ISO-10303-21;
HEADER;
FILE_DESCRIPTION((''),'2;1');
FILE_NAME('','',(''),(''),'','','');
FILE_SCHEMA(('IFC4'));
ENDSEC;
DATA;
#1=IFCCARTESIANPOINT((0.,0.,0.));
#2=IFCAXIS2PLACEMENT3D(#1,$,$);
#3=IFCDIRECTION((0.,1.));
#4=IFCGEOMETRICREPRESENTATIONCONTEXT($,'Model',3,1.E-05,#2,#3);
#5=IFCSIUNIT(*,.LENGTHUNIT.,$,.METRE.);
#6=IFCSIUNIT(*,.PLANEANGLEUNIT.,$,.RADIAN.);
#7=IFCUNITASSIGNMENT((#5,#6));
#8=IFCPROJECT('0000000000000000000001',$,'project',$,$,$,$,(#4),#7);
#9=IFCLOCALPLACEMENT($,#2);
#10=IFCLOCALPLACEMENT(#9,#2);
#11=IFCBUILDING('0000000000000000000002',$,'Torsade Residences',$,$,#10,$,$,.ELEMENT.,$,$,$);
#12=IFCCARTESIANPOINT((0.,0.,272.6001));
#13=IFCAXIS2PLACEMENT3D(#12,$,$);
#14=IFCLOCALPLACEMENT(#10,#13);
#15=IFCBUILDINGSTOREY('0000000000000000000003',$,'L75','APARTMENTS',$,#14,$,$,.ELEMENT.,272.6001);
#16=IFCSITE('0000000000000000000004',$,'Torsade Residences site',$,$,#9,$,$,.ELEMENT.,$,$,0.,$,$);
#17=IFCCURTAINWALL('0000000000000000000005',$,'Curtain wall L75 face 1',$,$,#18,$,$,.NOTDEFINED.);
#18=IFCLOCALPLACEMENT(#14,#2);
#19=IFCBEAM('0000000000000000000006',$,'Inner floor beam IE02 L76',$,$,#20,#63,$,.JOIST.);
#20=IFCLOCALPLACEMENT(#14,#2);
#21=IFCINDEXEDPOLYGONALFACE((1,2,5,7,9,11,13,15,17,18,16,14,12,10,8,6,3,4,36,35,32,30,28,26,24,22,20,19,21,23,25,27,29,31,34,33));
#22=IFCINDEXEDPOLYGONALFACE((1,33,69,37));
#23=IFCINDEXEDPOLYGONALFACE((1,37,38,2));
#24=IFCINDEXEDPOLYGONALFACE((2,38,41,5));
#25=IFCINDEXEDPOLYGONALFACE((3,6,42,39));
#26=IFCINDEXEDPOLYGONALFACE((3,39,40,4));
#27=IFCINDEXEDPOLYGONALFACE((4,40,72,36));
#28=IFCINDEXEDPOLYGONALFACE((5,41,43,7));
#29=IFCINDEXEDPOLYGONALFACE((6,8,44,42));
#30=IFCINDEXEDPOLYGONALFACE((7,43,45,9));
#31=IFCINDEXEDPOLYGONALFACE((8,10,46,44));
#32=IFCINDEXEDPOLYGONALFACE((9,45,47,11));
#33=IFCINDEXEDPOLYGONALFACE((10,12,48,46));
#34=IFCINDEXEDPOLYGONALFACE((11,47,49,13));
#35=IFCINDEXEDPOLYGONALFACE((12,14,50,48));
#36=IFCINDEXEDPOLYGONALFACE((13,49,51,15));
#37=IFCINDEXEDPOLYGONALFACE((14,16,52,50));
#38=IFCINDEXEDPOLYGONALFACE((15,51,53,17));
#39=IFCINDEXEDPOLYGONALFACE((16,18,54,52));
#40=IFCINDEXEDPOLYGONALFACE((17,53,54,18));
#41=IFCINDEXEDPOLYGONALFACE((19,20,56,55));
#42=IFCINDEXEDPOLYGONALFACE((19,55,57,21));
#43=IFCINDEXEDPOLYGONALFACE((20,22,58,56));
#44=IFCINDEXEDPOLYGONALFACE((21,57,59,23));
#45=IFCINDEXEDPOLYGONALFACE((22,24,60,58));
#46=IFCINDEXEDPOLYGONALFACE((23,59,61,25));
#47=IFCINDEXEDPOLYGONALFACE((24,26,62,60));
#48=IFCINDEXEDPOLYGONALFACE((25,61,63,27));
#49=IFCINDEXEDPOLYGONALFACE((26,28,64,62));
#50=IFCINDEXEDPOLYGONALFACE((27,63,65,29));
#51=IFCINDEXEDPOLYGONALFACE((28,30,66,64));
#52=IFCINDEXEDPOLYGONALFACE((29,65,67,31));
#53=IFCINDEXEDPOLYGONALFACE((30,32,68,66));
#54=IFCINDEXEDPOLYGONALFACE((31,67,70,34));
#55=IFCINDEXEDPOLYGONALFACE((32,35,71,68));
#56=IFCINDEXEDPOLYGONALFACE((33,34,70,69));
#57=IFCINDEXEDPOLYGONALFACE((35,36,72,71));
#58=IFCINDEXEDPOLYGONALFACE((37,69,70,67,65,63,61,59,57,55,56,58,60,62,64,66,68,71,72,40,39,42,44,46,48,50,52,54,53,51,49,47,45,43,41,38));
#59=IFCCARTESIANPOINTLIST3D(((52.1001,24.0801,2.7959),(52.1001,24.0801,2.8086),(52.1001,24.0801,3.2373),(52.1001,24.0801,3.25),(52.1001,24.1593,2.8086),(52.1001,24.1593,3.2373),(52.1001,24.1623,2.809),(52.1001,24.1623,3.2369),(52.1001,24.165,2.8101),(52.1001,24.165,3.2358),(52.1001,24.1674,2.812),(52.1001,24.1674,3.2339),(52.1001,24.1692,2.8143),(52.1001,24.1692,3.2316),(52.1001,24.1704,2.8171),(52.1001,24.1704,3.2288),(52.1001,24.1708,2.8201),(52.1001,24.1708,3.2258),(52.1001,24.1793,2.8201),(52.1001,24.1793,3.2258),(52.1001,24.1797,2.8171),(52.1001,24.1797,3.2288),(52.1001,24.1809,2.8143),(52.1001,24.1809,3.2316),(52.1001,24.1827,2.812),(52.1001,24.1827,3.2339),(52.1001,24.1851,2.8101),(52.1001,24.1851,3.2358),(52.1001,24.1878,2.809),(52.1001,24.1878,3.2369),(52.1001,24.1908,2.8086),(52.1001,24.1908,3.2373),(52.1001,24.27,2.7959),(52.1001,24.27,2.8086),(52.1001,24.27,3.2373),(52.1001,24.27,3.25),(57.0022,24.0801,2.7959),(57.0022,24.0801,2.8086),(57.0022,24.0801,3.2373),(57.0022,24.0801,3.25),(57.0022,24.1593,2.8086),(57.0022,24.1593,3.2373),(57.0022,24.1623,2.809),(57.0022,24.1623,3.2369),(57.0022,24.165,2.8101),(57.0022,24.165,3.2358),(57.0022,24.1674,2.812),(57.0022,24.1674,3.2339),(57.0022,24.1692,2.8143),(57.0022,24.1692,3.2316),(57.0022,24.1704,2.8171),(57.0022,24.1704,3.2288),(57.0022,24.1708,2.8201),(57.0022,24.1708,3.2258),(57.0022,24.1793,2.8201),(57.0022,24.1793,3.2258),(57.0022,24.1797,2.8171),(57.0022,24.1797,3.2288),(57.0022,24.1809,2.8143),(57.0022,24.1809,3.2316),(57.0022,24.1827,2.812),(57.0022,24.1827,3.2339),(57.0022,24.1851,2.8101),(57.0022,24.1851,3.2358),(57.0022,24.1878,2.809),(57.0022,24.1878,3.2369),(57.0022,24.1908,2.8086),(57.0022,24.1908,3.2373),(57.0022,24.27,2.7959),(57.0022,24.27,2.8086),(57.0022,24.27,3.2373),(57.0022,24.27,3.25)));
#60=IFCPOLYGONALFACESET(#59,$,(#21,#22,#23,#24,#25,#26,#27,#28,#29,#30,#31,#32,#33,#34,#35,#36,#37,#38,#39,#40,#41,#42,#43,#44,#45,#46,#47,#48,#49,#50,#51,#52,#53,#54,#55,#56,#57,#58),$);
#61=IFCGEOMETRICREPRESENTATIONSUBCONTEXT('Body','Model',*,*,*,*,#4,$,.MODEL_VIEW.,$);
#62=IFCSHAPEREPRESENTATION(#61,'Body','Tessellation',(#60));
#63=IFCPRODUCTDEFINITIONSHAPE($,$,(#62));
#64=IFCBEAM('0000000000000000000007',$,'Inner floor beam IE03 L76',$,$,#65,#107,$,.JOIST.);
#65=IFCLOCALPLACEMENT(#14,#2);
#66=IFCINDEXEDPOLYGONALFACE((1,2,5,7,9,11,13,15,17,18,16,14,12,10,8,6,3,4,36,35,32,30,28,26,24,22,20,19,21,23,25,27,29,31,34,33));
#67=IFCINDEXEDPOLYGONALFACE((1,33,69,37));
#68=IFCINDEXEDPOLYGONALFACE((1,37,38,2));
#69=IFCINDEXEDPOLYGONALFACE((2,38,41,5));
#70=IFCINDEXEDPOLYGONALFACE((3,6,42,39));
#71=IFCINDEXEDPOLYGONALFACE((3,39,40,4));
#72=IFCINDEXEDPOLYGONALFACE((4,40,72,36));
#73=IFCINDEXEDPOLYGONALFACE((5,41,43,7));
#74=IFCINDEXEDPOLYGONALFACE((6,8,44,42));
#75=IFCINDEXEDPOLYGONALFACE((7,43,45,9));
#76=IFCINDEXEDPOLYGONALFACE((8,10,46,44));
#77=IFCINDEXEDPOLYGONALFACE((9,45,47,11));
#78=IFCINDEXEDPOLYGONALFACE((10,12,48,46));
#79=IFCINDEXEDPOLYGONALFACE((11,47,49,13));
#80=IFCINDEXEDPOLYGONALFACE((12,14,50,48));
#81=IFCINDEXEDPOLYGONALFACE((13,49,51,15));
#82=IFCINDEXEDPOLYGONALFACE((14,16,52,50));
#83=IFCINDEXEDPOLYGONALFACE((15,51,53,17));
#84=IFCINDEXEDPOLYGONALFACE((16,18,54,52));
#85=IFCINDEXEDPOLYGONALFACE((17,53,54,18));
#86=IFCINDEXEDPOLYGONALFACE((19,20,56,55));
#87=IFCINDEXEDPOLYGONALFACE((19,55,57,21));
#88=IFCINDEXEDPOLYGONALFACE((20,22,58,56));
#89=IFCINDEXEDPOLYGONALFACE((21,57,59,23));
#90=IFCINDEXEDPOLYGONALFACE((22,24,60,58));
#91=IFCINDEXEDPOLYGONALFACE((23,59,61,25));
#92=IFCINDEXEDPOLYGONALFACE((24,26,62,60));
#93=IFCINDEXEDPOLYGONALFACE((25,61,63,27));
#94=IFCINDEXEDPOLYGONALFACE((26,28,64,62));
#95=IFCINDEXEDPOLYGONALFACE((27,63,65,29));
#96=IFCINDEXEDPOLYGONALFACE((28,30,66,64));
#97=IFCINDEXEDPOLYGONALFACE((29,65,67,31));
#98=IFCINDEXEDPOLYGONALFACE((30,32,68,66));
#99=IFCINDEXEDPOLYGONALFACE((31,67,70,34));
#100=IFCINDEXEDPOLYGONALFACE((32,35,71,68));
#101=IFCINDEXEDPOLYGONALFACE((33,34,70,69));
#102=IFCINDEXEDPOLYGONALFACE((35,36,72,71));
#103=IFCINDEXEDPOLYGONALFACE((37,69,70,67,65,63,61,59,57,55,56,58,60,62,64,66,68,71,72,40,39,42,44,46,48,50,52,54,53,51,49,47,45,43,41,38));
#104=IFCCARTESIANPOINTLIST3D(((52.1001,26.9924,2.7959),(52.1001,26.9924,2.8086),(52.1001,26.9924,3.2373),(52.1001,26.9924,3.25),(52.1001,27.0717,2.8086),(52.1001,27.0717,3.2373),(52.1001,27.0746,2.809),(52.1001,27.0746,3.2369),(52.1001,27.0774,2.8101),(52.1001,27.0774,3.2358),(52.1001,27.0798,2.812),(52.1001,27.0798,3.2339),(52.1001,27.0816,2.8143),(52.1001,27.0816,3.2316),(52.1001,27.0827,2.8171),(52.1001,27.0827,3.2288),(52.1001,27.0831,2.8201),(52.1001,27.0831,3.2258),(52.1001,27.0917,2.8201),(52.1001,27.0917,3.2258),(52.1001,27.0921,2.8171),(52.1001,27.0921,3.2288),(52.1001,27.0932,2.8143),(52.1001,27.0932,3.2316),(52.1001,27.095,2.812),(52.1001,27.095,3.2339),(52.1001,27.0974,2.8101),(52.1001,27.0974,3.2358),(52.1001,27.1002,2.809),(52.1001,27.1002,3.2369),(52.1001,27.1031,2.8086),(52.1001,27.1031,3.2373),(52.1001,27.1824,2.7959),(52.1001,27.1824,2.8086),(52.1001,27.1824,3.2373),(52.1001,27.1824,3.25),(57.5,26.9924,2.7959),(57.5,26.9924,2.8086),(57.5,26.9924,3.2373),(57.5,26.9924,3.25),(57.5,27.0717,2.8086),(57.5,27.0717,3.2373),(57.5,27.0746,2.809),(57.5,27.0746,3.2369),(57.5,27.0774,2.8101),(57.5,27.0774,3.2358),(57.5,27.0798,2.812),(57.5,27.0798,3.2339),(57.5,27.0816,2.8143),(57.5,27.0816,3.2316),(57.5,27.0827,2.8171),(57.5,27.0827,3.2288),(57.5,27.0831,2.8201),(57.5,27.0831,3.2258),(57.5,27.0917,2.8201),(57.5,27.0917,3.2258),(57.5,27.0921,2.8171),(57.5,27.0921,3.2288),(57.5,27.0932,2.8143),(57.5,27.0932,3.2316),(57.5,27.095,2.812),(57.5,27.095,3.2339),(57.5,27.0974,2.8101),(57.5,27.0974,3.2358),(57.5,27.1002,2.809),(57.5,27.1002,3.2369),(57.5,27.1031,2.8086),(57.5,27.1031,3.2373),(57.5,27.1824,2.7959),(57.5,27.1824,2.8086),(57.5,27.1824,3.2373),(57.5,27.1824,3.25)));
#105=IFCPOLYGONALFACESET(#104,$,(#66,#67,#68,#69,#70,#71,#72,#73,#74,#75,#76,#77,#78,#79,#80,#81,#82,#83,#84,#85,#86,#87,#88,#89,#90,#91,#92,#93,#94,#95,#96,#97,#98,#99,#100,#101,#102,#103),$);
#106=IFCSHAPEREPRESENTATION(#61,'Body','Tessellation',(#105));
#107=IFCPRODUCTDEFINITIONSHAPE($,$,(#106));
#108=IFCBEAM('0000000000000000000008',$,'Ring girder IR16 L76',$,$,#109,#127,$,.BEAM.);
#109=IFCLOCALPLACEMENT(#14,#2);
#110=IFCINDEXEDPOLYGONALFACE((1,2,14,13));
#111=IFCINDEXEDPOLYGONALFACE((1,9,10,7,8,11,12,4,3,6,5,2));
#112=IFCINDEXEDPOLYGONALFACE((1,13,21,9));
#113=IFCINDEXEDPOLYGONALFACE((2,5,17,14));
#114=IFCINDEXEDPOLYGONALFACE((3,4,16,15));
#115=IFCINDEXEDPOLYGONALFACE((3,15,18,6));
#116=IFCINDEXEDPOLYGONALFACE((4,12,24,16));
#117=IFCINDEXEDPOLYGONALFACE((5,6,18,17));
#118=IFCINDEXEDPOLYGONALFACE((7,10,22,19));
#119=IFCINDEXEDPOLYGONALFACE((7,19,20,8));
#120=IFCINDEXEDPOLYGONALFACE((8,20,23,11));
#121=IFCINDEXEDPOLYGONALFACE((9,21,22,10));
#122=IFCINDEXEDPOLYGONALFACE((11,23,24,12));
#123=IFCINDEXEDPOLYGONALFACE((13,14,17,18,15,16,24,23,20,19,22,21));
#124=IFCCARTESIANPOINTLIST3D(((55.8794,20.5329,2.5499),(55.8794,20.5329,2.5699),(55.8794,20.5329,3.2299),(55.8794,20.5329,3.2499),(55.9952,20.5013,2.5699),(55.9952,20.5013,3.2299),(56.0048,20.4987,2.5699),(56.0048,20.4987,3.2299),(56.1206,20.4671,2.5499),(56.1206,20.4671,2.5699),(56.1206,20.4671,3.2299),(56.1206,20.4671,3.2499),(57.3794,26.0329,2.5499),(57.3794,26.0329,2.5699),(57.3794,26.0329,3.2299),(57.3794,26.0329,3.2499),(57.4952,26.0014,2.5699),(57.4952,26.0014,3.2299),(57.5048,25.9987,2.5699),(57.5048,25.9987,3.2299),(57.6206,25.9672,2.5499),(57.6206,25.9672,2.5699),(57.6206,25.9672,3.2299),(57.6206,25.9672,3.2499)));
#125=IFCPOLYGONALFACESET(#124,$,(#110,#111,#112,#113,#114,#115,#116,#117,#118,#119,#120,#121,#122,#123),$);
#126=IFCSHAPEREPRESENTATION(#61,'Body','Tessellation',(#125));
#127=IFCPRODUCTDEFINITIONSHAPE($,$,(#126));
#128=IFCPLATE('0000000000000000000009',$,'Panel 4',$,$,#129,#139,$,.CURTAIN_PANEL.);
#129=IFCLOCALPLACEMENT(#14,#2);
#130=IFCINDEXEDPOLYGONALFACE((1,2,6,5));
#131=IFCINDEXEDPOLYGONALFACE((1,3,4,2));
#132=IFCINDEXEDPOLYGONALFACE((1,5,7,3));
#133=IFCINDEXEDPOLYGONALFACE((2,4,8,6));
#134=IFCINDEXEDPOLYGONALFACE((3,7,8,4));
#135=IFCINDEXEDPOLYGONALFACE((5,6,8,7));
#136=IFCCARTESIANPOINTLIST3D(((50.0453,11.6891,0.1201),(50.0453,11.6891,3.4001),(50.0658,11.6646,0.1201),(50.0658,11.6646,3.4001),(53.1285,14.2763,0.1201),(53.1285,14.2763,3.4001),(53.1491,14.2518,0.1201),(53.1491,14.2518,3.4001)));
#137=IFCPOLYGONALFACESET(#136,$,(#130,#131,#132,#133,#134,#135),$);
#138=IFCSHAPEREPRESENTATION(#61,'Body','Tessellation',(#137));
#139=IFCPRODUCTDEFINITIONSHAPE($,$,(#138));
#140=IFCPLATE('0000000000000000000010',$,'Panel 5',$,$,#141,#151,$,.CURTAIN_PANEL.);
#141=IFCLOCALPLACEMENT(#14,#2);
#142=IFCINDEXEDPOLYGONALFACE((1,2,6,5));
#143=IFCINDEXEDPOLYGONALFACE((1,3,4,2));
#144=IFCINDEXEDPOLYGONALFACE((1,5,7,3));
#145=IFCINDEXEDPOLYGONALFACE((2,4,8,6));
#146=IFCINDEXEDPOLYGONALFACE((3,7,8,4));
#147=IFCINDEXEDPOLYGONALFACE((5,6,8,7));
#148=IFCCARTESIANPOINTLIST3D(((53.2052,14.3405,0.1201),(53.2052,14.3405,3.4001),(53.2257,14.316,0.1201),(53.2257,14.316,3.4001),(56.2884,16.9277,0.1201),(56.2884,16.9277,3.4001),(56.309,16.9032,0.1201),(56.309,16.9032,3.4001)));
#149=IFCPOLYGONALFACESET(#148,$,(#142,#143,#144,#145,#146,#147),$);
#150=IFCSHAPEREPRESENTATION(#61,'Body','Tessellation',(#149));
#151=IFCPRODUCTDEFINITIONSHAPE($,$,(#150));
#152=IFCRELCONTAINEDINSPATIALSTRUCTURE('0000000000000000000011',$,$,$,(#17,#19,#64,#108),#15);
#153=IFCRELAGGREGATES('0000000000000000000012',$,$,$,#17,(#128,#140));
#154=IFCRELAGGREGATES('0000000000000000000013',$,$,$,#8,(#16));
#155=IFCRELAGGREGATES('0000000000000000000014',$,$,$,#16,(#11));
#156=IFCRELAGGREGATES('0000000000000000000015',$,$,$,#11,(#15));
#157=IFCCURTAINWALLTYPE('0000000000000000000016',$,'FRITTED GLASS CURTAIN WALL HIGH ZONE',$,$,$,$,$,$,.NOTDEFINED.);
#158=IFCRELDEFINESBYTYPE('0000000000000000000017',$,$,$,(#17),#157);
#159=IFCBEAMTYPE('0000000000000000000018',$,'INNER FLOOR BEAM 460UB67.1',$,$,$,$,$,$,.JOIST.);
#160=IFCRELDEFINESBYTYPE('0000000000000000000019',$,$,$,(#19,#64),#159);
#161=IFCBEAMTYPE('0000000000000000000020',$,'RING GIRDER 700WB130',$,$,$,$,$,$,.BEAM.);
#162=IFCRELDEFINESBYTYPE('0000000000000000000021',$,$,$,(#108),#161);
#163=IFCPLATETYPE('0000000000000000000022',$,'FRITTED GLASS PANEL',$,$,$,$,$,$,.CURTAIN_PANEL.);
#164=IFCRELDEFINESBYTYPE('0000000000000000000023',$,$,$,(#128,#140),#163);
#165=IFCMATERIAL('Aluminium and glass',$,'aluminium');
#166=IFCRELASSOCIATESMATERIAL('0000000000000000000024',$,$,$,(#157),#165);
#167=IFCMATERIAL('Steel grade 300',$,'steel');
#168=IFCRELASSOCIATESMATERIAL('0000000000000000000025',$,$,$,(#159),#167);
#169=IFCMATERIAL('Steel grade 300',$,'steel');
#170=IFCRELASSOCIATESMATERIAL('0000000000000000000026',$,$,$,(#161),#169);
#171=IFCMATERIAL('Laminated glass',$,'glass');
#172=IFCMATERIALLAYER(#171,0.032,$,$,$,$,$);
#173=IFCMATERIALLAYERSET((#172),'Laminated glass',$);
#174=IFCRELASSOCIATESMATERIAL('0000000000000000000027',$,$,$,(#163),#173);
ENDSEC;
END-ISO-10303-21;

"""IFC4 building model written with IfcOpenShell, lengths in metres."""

from ifc_helpers import new_model, si_unit, direction, frame, origin, origin_2d, place, context, subcontext, project, spatial, rectangle, i_section, extrude, material, layer, layer_set, material_profile, profile_set, type_object, element, aggregate, save


model = new_model("IFC4")

# Units and contexts
model_context = context("Model", 3, precision=1e-05, world=origin(), true_north=direction((0.0, 1.0)))
body_context = subcontext(model_context, "Body", "Model", "MODEL_VIEW")
ifc_project = project(units=[si_unit("LENGTHUNIT", "METRE"), si_unit("PLANEANGLEUNIT", "RADIAN")], contexts=[model_context])

# Site, building, storey
site_placement = place(None, origin())
site = spatial("IfcSite", under=ifc_project, at=site_placement, Name="Torsade Residences site", CompositionType="ELEMENT", RefElevation=0.0)
building_placement = place(site_placement, origin())
building = spatial("IfcBuilding", under=site, at=building_placement, Name="Torsade Residences", CompositionType="ELEMENT")
storey_placement = place(building_placement, frame((0.0, 0.0, 272.6001)))
storey = spatial("IfcBuildingStorey", under=building, at=storey_placement, Name="L75", Description="APARTMENTS", CompositionType="ELEMENT", Elevation=272.6001)

# Curtain wall
ifc_material_1 = material(Name="Aluminium and glass", Category="aluminium")
curtain_wall_type = type_object("IfcCurtainWallType", Name="FRITTED GLASS CURTAIN WALL HIGH ZONE", PredefinedType="NOTDEFINED", material=ifc_material_1)
curtain_wall_placement = place(storey_placement, origin())
curtain_wall = element("IfcCurtainWall", 1, at=curtain_wall_placement, inside=storey, type_object=curtain_wall_type, Name="Curtain wall L75 face 1", PredefinedType="NOTDEFINED")

# Beams
ifc_material_2 = material(Name="Steel grade 300", Category="steel")
ifc_material_profile_1 = material_profile(ifc_material_2, i_section(OverallWidth=0.1899, OverallDepth=0.4541, WebThickness=0.0085, FlangeThickness=0.0127, FilletRadius=0.0115, at=origin_2d()), Name="460UB67.1")
ifc_profile_set_1 = profile_set([ifc_material_profile_1], Name="Steel grade 300")
beam_type_1 = type_object("IfcBeamType", Name="INNER FLOOR BEAM 460UB67.1", PredefinedType="JOIST", material=ifc_profile_set_1)
beam_1_placement = place(storey_placement, frame((52.1001, 24.175, 3.0229), z_axis=(1.0, 0.0, 0.0), x_axis=(0.0, 1.0, 0.0)))
element("IfcBeam", 2, at=beam_1_placement, inside=storey, type_object=beam_type_1, Name="Inner floor beam IE02 L76", PredefinedType="JOIST", context=body_context, shape_type="SweptSolid", body=[
    extrude(i_section(OverallWidth=0.1899, OverallDepth=0.4541, WebThickness=0.0085, FlangeThickness=0.0127, FilletRadius=0.0115, at=origin_2d()), origin(), (0.0, 0.0, 1.0), 4.9021),
])
beam_2_placement = place(storey_placement, frame((52.1001, 27.0874, 3.0229), z_axis=(1.0, 0.0, 0.0), x_axis=(0.0, 1.0, 0.0)))
element("IfcBeam", 3, at=beam_2_placement, inside=storey, type_object=beam_type_1, Name="Inner floor beam IE03 L76", PredefinedType="JOIST", context=body_context, shape_type="SweptSolid", body=[
    extrude(i_section(OverallWidth=0.1899, OverallDepth=0.4541, WebThickness=0.0085, FlangeThickness=0.0127, FilletRadius=0.0115, at=origin_2d()), origin(), (0.0, 0.0, 1.0), 5.3999),
])
ifc_material_3 = material(Name="Steel grade 300", Category="steel")
ifc_material_profile_2 = material_profile(ifc_material_3, i_section(OverallWidth=0.25, OverallDepth=0.7, WebThickness=0.01, FlangeThickness=0.02, at=origin_2d()), Name="700WB130")
ifc_profile_set_2 = profile_set([ifc_material_profile_2], Name="Steel grade 300")
beam_type_2 = type_object("IfcBeamType", Name="RING GIRDER 700WB130", PredefinedType="BEAM", material=ifc_profile_set_2)
beam_3_placement = place(storey_placement, frame((56.0, 20.5, 2.8999), z_axis=(0.263117, 0.964764, 0.0), x_axis=(-0.964764, 0.263117, 0.0)))
element("IfcBeam", 4, at=beam_3_placement, inside=storey, type_object=beam_type_2, Name="Ring girder IR16 L76", PredefinedType="BEAM", context=body_context, shape_type="SweptSolid", body=[
    extrude(i_section(OverallWidth=0.25, OverallDepth=0.7, WebThickness=0.01, FlangeThickness=0.02, at=origin_2d()), origin(), (0.0, 0.0, 1.0), 5.7009),
])

# Plates
ifc_material_4 = material(Name="Laminated glass", Category="glass")
ifc_layer_1 = layer(ifc_material_4, 0.032)
ifc_layer_set_1 = layer_set([ifc_layer_1], Name="Laminated glass")
plate_type = type_object("IfcPlateType", Name="FRITTED GLASS PANEL", PredefinedType="CURTAIN_PANEL", material=ifc_layer_set_1)
plate_1_placement = place(storey_placement, frame((51.5972, 12.9705, 0.1201), z_axis=(0.0, 0.0, 1.0), x_axis=(0.766044, 0.642788, 0.0)))
plate_1 = element("IfcPlate", 5, at=plate_1_placement, type_object=plate_type, Name="Panel 4", PredefinedType="CURTAIN_PANEL", context=body_context, shape_type="SweptSolid", body=[
    extrude(rectangle(XDim=4.0249, YDim=0.032, at=origin_2d()), origin(), (0.0, 0.0, 1.0), 3.28),
])
plate_2_placement = place(storey_placement, frame((54.7571, 15.6218, 0.1201), z_axis=(0.0, 0.0, 1.0), x_axis=(0.766044, 0.642788, 0.0)))
plate_2 = element("IfcPlate", 6, at=plate_2_placement, type_object=plate_type, Name="Panel 5", PredefinedType="CURTAIN_PANEL", context=body_context, shape_type="SweptSolid", body=[
    extrude(rectangle(XDim=4.0249, YDim=0.032, at=origin_2d()), origin(), (0.0, 0.0, 1.0), 3.28),
])
aggregate(curtain_wall, [plate_1, plate_2])

save(model, "model.ifc")
